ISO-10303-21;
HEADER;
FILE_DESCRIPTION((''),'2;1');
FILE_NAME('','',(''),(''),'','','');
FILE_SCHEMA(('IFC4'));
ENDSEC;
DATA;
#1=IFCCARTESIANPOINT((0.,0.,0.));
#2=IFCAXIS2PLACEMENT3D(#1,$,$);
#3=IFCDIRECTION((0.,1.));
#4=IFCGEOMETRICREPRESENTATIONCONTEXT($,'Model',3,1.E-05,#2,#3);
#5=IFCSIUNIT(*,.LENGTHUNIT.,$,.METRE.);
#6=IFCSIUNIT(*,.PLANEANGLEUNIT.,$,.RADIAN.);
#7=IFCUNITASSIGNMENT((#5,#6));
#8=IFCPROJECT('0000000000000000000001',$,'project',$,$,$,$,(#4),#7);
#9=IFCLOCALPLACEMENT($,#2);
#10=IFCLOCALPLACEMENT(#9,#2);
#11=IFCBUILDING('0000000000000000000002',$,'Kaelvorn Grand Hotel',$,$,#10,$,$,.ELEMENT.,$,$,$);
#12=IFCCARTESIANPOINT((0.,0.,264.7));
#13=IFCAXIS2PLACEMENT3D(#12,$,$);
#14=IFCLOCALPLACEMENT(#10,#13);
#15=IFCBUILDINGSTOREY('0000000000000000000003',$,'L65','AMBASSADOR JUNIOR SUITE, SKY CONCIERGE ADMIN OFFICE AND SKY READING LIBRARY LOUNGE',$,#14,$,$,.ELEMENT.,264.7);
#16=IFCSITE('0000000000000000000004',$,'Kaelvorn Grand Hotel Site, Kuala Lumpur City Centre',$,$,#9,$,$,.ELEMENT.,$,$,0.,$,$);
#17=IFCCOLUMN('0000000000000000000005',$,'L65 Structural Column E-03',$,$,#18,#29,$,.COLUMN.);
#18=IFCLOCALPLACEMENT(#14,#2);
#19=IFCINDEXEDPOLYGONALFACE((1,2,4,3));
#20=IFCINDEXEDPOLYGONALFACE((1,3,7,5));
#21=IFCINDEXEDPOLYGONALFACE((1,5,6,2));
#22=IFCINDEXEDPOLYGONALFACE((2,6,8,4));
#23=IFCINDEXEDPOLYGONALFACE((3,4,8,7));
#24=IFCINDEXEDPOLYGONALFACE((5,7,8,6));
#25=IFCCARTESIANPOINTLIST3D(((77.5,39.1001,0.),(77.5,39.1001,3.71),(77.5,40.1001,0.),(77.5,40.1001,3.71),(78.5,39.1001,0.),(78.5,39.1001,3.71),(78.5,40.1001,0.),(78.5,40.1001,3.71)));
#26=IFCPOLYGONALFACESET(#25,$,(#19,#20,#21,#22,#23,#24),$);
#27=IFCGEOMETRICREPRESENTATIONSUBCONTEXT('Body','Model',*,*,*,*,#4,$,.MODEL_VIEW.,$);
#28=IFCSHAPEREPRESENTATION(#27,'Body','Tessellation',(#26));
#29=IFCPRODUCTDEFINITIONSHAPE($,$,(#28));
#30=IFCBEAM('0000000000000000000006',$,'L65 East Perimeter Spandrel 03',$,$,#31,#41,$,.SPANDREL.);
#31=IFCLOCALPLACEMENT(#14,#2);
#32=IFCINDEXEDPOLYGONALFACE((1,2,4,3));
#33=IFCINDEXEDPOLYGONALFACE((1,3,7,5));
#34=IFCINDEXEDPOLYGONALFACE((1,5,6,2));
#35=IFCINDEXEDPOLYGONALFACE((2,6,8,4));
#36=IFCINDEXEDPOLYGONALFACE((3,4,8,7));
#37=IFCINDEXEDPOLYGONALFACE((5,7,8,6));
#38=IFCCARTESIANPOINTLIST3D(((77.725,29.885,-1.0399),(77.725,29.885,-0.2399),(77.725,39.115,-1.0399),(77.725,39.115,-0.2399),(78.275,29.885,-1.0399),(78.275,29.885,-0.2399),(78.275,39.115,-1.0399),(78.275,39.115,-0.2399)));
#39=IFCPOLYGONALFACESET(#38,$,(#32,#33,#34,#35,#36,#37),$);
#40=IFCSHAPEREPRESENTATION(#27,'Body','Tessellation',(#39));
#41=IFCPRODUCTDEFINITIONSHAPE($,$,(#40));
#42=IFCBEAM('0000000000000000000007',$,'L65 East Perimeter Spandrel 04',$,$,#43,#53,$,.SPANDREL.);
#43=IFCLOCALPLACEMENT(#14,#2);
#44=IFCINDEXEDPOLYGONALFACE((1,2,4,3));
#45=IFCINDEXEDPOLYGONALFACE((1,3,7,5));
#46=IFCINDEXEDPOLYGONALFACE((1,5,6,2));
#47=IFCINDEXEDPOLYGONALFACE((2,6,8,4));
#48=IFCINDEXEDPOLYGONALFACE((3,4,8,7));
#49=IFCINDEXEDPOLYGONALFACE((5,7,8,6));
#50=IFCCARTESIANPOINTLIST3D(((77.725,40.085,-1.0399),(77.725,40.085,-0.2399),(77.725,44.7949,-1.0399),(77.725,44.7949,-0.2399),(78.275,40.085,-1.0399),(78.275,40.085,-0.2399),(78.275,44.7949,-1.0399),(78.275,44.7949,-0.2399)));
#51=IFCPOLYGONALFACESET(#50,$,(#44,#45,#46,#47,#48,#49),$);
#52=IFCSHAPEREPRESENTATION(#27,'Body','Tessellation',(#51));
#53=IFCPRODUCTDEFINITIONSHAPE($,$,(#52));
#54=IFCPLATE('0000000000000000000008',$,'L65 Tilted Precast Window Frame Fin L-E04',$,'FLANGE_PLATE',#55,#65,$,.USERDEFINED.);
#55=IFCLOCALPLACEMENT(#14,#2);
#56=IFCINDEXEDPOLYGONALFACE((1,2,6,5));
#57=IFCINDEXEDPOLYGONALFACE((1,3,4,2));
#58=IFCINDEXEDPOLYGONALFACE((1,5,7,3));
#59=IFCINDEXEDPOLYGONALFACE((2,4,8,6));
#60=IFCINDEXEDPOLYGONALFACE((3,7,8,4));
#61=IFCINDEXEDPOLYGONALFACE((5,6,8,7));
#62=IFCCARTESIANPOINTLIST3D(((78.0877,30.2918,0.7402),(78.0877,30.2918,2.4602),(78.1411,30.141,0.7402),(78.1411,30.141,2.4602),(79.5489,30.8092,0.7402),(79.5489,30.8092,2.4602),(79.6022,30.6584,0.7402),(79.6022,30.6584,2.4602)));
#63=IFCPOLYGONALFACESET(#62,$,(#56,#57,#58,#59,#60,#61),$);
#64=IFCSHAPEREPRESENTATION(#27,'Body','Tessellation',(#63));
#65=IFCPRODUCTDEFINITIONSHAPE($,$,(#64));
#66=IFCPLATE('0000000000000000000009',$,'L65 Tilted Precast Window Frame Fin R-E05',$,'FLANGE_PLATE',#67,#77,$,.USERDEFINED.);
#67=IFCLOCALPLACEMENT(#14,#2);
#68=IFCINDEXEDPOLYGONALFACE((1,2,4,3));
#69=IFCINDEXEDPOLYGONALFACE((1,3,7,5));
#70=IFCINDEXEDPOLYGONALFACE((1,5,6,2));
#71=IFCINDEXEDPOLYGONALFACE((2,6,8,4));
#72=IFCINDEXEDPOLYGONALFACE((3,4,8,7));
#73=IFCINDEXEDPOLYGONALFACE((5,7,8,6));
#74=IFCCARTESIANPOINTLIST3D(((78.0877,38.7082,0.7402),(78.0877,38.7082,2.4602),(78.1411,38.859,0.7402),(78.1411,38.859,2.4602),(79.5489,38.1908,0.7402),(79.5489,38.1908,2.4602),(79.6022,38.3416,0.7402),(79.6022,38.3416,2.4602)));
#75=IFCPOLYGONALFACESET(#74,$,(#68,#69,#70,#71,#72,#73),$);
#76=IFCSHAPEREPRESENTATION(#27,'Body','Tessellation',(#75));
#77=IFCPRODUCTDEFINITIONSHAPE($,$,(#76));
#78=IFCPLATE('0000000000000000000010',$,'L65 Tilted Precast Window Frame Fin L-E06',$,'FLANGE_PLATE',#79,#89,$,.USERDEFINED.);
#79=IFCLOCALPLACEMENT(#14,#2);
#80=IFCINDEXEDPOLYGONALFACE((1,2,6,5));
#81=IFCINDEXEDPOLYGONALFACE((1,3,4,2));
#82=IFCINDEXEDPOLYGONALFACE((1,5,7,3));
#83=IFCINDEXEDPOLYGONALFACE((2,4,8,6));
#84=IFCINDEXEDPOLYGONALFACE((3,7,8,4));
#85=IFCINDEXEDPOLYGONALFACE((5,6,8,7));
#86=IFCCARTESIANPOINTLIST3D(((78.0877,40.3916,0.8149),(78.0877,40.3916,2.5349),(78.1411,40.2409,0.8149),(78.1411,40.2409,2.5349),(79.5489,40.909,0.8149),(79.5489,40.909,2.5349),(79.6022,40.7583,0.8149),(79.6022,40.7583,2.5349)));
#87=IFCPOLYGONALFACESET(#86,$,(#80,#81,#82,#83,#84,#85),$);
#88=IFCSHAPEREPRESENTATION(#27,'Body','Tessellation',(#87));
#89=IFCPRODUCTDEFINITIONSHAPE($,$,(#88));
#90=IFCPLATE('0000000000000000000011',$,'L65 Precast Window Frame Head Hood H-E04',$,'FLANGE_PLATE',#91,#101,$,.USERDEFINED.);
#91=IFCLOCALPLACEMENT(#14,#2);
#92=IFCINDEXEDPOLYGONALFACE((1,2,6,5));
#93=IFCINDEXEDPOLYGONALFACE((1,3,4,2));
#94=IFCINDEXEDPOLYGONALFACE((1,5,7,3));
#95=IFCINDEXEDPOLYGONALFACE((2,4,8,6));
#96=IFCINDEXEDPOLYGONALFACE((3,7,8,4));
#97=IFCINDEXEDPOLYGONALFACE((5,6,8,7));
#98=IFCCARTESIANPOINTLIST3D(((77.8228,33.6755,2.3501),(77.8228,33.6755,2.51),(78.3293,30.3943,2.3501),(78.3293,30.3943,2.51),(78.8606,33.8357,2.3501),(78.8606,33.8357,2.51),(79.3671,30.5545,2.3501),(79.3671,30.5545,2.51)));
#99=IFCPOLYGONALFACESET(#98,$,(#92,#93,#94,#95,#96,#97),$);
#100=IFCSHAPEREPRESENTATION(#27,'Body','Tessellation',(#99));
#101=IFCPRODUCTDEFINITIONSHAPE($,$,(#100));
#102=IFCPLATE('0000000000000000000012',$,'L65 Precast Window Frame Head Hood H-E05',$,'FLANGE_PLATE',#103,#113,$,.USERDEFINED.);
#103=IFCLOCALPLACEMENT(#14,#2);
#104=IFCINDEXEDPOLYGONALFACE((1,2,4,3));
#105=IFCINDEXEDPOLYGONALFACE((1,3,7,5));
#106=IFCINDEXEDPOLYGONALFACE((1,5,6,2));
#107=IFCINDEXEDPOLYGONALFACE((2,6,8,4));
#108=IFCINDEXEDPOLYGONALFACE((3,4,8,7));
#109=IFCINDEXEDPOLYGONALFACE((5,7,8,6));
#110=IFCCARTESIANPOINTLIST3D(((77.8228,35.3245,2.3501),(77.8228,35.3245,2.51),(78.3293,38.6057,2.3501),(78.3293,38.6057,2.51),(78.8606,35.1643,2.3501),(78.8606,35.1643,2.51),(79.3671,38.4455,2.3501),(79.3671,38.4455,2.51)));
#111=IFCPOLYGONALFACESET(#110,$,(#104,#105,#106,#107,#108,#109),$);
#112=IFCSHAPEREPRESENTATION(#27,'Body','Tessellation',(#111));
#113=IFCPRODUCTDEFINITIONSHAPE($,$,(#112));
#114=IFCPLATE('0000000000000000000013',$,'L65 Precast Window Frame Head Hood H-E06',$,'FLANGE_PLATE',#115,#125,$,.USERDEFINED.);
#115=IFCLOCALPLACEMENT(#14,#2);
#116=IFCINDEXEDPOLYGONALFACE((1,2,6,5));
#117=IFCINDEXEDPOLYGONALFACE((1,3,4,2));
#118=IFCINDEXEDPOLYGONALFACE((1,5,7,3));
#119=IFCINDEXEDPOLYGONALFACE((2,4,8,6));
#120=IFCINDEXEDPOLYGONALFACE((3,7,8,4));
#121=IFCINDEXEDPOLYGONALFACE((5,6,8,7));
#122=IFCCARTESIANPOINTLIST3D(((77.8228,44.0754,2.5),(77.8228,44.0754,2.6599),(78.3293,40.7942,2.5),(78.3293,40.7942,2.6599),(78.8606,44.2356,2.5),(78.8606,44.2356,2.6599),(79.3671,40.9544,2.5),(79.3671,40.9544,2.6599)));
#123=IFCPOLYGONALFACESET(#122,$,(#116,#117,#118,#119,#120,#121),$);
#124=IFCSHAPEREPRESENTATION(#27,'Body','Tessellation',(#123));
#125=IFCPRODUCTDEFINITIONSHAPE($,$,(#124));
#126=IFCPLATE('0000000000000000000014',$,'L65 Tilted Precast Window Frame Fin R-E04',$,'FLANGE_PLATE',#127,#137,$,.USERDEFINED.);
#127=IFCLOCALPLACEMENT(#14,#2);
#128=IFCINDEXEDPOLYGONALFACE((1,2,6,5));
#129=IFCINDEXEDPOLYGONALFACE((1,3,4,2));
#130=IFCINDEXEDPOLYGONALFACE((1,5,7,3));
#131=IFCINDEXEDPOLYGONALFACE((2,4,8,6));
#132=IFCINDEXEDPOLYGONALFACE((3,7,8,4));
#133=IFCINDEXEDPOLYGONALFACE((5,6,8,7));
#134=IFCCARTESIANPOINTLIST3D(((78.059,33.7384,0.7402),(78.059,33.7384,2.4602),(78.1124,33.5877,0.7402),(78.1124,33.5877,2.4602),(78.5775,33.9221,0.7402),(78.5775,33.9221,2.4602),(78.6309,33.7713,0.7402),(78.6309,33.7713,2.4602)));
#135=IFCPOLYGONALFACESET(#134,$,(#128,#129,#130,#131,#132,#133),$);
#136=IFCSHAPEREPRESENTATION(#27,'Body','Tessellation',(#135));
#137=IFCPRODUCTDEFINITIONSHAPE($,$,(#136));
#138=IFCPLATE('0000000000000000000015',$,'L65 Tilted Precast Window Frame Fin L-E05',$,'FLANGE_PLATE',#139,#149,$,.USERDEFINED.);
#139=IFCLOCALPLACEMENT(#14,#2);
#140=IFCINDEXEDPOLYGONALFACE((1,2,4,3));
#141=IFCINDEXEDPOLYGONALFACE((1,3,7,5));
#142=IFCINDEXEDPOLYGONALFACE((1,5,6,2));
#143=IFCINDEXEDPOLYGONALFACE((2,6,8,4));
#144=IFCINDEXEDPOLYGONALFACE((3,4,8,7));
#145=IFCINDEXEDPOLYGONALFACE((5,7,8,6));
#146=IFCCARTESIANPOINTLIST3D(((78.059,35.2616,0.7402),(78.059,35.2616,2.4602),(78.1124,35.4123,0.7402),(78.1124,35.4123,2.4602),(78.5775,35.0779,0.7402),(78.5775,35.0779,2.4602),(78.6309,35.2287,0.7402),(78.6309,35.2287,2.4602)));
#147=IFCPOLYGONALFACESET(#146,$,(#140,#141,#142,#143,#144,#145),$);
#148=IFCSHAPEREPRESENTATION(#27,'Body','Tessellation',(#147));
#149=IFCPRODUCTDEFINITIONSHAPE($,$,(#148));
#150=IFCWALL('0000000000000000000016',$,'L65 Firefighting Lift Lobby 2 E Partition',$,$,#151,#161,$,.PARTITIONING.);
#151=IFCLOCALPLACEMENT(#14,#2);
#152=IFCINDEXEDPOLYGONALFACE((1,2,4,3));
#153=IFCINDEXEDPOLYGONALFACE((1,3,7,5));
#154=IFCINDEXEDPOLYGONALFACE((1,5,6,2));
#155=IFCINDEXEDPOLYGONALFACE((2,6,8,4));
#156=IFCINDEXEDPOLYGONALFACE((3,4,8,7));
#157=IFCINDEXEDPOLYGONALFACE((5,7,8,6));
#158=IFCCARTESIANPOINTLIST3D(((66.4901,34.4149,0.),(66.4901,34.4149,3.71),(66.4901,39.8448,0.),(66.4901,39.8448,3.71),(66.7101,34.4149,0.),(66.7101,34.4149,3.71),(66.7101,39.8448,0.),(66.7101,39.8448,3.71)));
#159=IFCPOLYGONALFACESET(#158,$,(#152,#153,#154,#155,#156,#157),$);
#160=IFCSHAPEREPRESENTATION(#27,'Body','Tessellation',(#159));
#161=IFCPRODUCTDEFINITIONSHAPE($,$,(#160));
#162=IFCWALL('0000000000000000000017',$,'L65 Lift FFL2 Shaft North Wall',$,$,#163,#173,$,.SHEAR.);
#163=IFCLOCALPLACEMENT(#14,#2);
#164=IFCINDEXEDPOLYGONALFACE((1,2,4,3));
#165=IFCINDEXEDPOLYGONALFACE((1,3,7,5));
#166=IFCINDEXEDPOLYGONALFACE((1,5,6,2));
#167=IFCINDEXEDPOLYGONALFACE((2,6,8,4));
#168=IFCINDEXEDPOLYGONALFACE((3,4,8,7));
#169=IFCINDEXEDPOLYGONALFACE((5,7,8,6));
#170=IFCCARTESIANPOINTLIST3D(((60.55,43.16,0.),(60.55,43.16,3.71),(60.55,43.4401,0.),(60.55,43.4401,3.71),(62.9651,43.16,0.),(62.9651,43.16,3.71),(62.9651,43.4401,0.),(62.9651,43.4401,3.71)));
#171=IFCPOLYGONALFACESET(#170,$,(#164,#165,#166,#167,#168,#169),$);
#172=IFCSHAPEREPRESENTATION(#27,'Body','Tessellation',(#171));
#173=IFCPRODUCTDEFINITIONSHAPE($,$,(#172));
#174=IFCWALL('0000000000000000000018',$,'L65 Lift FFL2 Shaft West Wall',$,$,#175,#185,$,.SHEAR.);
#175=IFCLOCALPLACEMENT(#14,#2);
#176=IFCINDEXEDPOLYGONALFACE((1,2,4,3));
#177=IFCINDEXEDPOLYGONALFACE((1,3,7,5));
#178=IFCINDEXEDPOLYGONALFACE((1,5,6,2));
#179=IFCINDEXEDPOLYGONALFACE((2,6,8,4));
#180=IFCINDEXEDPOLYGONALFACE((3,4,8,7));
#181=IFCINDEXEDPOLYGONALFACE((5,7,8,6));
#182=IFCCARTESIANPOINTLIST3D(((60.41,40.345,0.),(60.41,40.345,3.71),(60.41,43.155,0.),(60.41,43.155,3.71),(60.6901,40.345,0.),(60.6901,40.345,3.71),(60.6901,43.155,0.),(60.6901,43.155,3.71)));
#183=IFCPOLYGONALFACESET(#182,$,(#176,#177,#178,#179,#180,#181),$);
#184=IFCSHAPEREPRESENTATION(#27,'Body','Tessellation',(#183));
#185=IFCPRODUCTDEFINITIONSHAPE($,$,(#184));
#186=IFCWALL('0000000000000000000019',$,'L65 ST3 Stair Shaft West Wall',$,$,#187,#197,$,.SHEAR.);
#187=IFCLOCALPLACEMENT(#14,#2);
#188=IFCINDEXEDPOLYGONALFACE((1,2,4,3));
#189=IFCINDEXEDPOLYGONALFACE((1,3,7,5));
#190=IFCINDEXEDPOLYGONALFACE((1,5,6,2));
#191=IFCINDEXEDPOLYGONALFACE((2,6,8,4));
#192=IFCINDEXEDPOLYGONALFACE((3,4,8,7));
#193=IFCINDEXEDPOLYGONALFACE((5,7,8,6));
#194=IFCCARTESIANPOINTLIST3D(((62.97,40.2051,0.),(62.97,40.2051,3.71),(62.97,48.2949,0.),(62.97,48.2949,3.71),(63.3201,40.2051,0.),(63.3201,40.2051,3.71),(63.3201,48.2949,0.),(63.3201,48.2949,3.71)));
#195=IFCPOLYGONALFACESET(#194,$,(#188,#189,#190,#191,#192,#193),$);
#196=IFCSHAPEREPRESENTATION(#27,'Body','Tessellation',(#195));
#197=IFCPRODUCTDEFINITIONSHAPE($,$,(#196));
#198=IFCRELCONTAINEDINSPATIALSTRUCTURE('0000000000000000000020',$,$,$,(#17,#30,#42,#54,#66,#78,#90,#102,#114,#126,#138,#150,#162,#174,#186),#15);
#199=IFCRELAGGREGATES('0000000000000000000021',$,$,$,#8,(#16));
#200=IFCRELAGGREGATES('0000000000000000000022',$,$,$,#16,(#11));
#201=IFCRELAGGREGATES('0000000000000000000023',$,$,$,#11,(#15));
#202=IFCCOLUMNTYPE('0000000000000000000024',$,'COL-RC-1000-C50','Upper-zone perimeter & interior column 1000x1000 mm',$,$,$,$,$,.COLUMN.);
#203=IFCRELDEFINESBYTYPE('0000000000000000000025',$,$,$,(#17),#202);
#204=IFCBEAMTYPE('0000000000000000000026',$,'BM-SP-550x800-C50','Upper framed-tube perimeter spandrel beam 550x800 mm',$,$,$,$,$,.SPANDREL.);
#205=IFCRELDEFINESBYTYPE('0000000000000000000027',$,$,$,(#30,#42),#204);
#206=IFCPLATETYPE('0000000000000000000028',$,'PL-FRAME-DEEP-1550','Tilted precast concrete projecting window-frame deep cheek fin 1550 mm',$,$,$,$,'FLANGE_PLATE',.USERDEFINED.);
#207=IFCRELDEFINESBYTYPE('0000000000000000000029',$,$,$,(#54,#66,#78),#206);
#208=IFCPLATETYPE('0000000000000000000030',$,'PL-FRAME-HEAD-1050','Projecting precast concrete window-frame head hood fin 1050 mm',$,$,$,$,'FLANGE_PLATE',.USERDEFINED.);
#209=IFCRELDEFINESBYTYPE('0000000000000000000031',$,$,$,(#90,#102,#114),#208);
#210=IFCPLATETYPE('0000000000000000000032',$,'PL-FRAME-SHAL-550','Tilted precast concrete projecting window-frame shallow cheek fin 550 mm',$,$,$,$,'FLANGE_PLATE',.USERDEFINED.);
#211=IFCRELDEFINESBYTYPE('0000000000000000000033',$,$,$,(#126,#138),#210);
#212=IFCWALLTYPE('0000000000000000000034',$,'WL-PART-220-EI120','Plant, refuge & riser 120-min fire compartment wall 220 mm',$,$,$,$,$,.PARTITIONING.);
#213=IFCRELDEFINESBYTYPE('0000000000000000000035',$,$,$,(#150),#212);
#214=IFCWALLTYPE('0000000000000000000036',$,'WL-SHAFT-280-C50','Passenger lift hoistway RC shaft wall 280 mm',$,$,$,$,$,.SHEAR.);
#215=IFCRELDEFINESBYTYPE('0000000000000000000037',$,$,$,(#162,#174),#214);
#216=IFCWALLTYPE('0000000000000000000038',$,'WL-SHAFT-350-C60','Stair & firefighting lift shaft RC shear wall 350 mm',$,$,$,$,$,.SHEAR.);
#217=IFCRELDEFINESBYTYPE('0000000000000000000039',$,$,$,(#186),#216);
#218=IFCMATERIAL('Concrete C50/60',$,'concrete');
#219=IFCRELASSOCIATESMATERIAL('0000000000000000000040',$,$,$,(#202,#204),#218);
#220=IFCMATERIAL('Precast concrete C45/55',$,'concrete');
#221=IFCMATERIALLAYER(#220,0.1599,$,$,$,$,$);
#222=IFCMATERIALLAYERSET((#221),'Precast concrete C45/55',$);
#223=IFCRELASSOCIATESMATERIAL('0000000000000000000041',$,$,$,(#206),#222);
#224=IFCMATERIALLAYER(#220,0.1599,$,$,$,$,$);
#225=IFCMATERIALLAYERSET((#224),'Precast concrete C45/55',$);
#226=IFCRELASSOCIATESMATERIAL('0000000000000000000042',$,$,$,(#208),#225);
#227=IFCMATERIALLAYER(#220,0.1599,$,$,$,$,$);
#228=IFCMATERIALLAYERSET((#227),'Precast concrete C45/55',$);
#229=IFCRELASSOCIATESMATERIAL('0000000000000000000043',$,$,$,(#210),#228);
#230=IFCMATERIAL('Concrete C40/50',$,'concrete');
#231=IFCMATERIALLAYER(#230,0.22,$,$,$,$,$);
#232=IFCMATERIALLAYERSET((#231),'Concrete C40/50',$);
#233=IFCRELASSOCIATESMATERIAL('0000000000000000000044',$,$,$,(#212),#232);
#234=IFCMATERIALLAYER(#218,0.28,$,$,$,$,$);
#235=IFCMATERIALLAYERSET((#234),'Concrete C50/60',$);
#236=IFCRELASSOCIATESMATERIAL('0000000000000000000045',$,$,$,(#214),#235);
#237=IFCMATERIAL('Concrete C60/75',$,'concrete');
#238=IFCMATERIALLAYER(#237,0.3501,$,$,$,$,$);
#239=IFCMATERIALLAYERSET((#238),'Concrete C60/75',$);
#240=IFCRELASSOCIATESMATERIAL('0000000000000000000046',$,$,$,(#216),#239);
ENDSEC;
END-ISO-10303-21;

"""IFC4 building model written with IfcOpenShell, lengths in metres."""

from ifc_helpers import new_model, si_unit, direction, frame, frame_2d, origin, origin_2d, place, context, subcontext, project, spatial, rectangle, extrude, material, layer, layer_set, material_profile, profile_set, type_object, element, save


model = new_model("IFC4")

# Units and contexts
model_context = context("Model", 3, precision=1e-05, world=origin(), true_north=direction((0.0, 1.0)))
body_context = subcontext(model_context, "Body", "Model", "MODEL_VIEW")
ifc_project = project(units=[si_unit("LENGTHUNIT", "METRE"), si_unit("PLANEANGLEUNIT", "RADIAN")], contexts=[model_context])

# Site, building, storey
site_placement = place(None, origin())
site = spatial("IfcSite", under=ifc_project, at=site_placement, Name="Kaelvorn Grand Hotel Site, Kuala Lumpur City Centre", CompositionType="ELEMENT", RefElevation=0.0)
building_placement = place(site_placement, origin())
building = spatial("IfcBuilding", under=site, at=building_placement, Name="Kaelvorn Grand Hotel", CompositionType="ELEMENT")
storey_placement = place(building_placement, frame((0.0, 0.0, 264.7)))
storey = spatial("IfcBuildingStorey", under=building, at=storey_placement, Name="L65", Description="AMBASSADOR JUNIOR SUITE, SKY CONCIERGE ADMIN OFFICE AND SKY READING LIBRARY LOUNGE", CompositionType="ELEMENT", Elevation=264.7)

# Column
ifc_material_1 = material(Name="Concrete C50/60", Category="concrete")
ifc_material_profile_1 = material_profile(ifc_material_1, rectangle(XDim=1.0, YDim=1.0, at=origin_2d()), Name="RC COL 1000x1000")
ifc_profile_set_1 = profile_set([ifc_material_profile_1], Name="Concrete C50/60")
column_type = type_object("IfcColumnType", Name="COL-RC-1000-C50", Description="Upper-zone perimeter & interior column 1000x1000 mm", PredefinedType="COLUMN", material=ifc_profile_set_1)
column_placement = place(storey_placement, frame((78.0, 39.6001, 0.0), z_axis=(0.0, 0.0, 1.0), x_axis=(1.0, 0.0, 0.0)))
element("IfcColumn", 1, at=column_placement, inside=storey, type_object=column_type, Name="L65 Structural Column E-03", PredefinedType="COLUMN", context=body_context, shape_type="SweptSolid", body=[
    extrude(rectangle(XDim=1.0, YDim=1.0, at=origin_2d()), origin(), (0.0, 0.0, 1.0), 3.71),
])

# Beams
ifc_material_profile_2 = material_profile(ifc_material_1, rectangle(XDim=0.55, YDim=0.8, at=origin_2d()), Name="RC SPANDREL 550x800")
ifc_profile_set_2 = profile_set([ifc_material_profile_2], Name="Concrete C50/60")
beam_type = type_object("IfcBeamType", Name="BM-SP-550x800-C50", Description="Upper framed-tube perimeter spandrel beam 550x800 mm", PredefinedType="SPANDREL", material=ifc_profile_set_2)
beam_1_placement = place(storey_placement, frame((78.0, 29.885, -0.6399), z_axis=(0.0, 1.0, 0.0), x_axis=(-1.0, 0.0, 0.0)))
element("IfcBeam", 2, at=beam_1_placement, inside=storey, type_object=beam_type, Name="L65 East Perimeter Spandrel 03", PredefinedType="SPANDREL", context=body_context, shape_type="SweptSolid", body=[
    extrude(rectangle(XDim=0.55, YDim=0.8, at=origin_2d()), origin(), (0.0, 0.0, 1.0), 9.23),
])
beam_2_placement = place(storey_placement, frame((78.0, 40.085, -0.6399), z_axis=(0.0, 1.0, 0.0), x_axis=(-1.0, 0.0, 0.0)))
element("IfcBeam", 3, at=beam_2_placement, inside=storey, type_object=beam_type, Name="L65 East Perimeter Spandrel 04", PredefinedType="SPANDREL", context=body_context, shape_type="SweptSolid", body=[
    extrude(rectangle(XDim=0.55, YDim=0.8, at=origin_2d()), origin(), (0.0, 0.0, 1.0), 4.71),
])

# Plates
ifc_material_2 = material(Name="Precast concrete C45/55", Category="concrete")
ifc_layer_1 = layer(ifc_material_2, 0.1599)
ifc_layer_set_1 = layer_set([ifc_layer_1], Name="Precast concrete C45/55")
plate_type_1 = type_object("IfcPlateType", Name="PL-FRAME-DEEP-1550", Description="Tilted precast concrete projecting window-frame deep cheek fin 1550 mm", ElementType="FLANGE_PLATE", PredefinedType="USERDEFINED", material=ifc_layer_set_1)
for number, where, z_axis, x_axis, name in (
    (4, (78.845, 30.4751, 0.7402), (0.0, 0.0, 1.0), (-0.333807, 0.942641, 0.0), "L65 Tilted Precast Window Frame Fin L-E04"),
    (5, (78.845, 38.5249, 0.7402), (0.0, 0.0, 1.0), (0.333807, 0.942641, 0.0), "L65 Tilted Precast Window Frame Fin R-E05"),
    (6, (78.845, 40.575, 0.8149), (0.0, 0.0, 1.0), (-0.333807, 0.942641, 0.0), "L65 Tilted Precast Window Frame Fin L-E06"),
):
    element("IfcPlate", number, at=place(storey_placement, frame(where, z_axis=z_axis, x_axis=x_axis)), inside=storey, type_object=plate_type_1, Name=name, ObjectType="FLANGE_PLATE", PredefinedType="USERDEFINED", context=body_context, shape_type="SweptSolid", body=[
        extrude(rectangle(XDim=0.1599, YDim=1.55, at=origin_2d()), origin(), (0.0, 0.0, 1.0), 1.72),
    ])
ifc_layer_2 = layer(ifc_material_2, 0.1599)
ifc_layer_set_2 = layer_set([ifc_layer_2], Name="Precast concrete C45/55")
plate_type_2 = type_object("IfcPlateType", Name="PL-FRAME-HEAD-1050", Description="Projecting precast concrete window-frame head hood fin 1050 mm", ElementType="FLANGE_PLATE", PredefinedType="USERDEFINED", material=ifc_layer_set_2)
for number, where, z_axis, x_axis, name in (
    (7, (78.595, 32.115, 2.3501), (0.0, 0.0, 1.0), (-0.152555, 0.988295, 0.0), "L65 Precast Window Frame Head Hood H-E04"),
    (8, (78.595, 36.885, 2.3501), (0.0, 0.0, 1.0), (0.152555, 0.988295, 0.0), "L65 Precast Window Frame Head Hood H-E05"),
    (9, (78.595, 42.5149, 2.5), (0.0, 0.0, 1.0), (-0.152555, 0.988295, 0.0), "L65 Precast Window Frame Head Hood H-E06"),
):
    element("IfcPlate", number, at=place(storey_placement, frame(where, z_axis=z_axis, x_axis=x_axis)), inside=storey, type_object=plate_type_2, Name=name, ObjectType="FLANGE_PLATE", PredefinedType="USERDEFINED", context=body_context, shape_type="SweptSolid", body=[
        extrude(rectangle(XDim=3.3201, YDim=1.05, at=origin_2d()), origin(), (0.0, 0.0, 1.0), 0.1599),
    ])
ifc_layer_3 = layer(ifc_material_2, 0.1599)
ifc_layer_set_3 = layer_set([ifc_layer_3], Name="Precast concrete C45/55")
plate_type_3 = type_object("IfcPlateType", Name="PL-FRAME-SHAL-550", Description="Tilted precast concrete projecting window-frame shallow cheek fin 550 mm", ElementType="FLANGE_PLATE", PredefinedType="USERDEFINED", material=ifc_layer_set_3)
for number, where, z_axis, x_axis, name in (
    (10, (78.345, 33.7549, 0.7402), (0.0, 0.0, 1.0), (-0.333807, 0.942641, 0.0), "L65 Tilted Precast Window Frame Fin R-E04"),
    (11, (78.345, 35.2451, 0.7402), (0.0, 0.0, 1.0), (0.333807, 0.942641, 0.0), "L65 Tilted Precast Window Frame Fin L-E05"),
):
    element("IfcPlate", number, at=place(storey_placement, frame(where, z_axis=z_axis, x_axis=x_axis)), inside=storey, type_object=plate_type_3, Name=name, ObjectType="FLANGE_PLATE", PredefinedType="USERDEFINED", context=body_context, shape_type="SweptSolid", body=[
        extrude(rectangle(XDim=0.1599, YDim=0.55, at=origin_2d()), origin(), (0.0, 0.0, 1.0), 1.72),
    ])

# Walls
ifc_material_3 = material(Name="Concrete C40/50", Category="concrete")
ifc_layer_4 = layer(ifc_material_3, 0.22)
ifc_layer_set_4 = layer_set([ifc_layer_4], Name="Concrete C40/50")
wall_type_1 = type_object("IfcWallType", Name="WL-PART-220-EI120", Description="Plant, refuge & riser 120-min fire compartment wall 220 mm", PredefinedType="PARTITIONING", material=ifc_layer_set_4)
wall_1_placement = place(storey_placement, frame((66.6001, 34.415, 0.0), z_axis=(0.0, 0.0, 1.0), x_axis=(0.0, 1.0, 0.0)))
element("IfcWall", 12, at=wall_1_placement, inside=storey, type_object=wall_type_1, Name="L65 Firefighting Lift Lobby 2 E Partition", PredefinedType="PARTITIONING", context=body_context, shape_type="SweptSolid", body=[
    extrude(rectangle(XDim=5.4299, YDim=0.22, at=frame_2d((2.7148, 0.0))), origin(), (0.0, 0.0, 1.0), 3.71),
])
ifc_layer_5 = layer(ifc_material_1, 0.28)
ifc_layer_set_5 = layer_set([ifc_layer_5], Name="Concrete C50/60")
wall_type_2 = type_object("IfcWallType", Name="WL-SHAFT-280-C50", Description="Passenger lift hoistway RC shaft wall 280 mm", PredefinedType="SHEAR", material=ifc_layer_set_5)
wall_2_placement = place(storey_placement, frame((60.55, 43.3, 0.0), z_axis=(0.0, 0.0, 1.0), x_axis=(1.0, 0.0, 0.0)))
element("IfcWall", 13, at=wall_2_placement, inside=storey, type_object=wall_type_2, Name="L65 Lift FFL2 Shaft North Wall", PredefinedType="SHEAR", context=body_context, shape_type="SweptSolid", body=[
    extrude(rectangle(XDim=2.415, YDim=0.28, at=frame_2d((1.2075, 0.0))), origin(), (0.0, 0.0, 1.0), 3.71),
])
wall_3_placement = place(storey_placement, frame((60.55, 40.345, 0.0), z_axis=(0.0, 0.0, 1.0), x_axis=(0.0, 1.0, 0.0)))
element("IfcWall", 14, at=wall_3_placement, inside=storey, type_object=wall_type_2, Name="L65 Lift FFL2 Shaft West Wall", PredefinedType="SHEAR", context=body_context, shape_type="SweptSolid", body=[
    extrude(rectangle(XDim=2.8101, YDim=0.28, at=frame_2d((1.405, 0.0))), origin(), (0.0, 0.0, 1.0), 3.71),
])

# Shared definitions
ifc_material_4 = material(Name="Concrete C60/75", Category="concrete")
ifc_layer_6 = layer(ifc_material_4, 0.3501)
ifc_layer_set_6 = layer_set([ifc_layer_6], Name="Concrete C60/75")
wall_type_3 = type_object("IfcWallType", Name="WL-SHAFT-350-C60", Description="Stair & firefighting lift shaft RC shear wall 350 mm", PredefinedType="SHEAR", material=ifc_layer_set_6)

# Wall
for number, where, z_axis, x_axis, name in (
    (15, (63.145, 40.2051, 0.0), (0.0, 0.0, 1.0), (0.0, 1.0, 0.0), "L65 ST3 Stair Shaft West Wall"),
):
    element("IfcWall", number, at=place(storey_placement, frame(where, z_axis=z_axis, x_axis=x_axis)), inside=storey, type_object=wall_type_3, Name=name, PredefinedType="SHEAR", context=body_context, shape_type="SweptSolid", body=[
        extrude(rectangle(XDim=8.0898, YDim=0.3501, at=frame_2d((4.0449, 0.0))), origin(), (0.0, 0.0, 1.0), 3.71),
    ])

save(model, "model.ifc")
